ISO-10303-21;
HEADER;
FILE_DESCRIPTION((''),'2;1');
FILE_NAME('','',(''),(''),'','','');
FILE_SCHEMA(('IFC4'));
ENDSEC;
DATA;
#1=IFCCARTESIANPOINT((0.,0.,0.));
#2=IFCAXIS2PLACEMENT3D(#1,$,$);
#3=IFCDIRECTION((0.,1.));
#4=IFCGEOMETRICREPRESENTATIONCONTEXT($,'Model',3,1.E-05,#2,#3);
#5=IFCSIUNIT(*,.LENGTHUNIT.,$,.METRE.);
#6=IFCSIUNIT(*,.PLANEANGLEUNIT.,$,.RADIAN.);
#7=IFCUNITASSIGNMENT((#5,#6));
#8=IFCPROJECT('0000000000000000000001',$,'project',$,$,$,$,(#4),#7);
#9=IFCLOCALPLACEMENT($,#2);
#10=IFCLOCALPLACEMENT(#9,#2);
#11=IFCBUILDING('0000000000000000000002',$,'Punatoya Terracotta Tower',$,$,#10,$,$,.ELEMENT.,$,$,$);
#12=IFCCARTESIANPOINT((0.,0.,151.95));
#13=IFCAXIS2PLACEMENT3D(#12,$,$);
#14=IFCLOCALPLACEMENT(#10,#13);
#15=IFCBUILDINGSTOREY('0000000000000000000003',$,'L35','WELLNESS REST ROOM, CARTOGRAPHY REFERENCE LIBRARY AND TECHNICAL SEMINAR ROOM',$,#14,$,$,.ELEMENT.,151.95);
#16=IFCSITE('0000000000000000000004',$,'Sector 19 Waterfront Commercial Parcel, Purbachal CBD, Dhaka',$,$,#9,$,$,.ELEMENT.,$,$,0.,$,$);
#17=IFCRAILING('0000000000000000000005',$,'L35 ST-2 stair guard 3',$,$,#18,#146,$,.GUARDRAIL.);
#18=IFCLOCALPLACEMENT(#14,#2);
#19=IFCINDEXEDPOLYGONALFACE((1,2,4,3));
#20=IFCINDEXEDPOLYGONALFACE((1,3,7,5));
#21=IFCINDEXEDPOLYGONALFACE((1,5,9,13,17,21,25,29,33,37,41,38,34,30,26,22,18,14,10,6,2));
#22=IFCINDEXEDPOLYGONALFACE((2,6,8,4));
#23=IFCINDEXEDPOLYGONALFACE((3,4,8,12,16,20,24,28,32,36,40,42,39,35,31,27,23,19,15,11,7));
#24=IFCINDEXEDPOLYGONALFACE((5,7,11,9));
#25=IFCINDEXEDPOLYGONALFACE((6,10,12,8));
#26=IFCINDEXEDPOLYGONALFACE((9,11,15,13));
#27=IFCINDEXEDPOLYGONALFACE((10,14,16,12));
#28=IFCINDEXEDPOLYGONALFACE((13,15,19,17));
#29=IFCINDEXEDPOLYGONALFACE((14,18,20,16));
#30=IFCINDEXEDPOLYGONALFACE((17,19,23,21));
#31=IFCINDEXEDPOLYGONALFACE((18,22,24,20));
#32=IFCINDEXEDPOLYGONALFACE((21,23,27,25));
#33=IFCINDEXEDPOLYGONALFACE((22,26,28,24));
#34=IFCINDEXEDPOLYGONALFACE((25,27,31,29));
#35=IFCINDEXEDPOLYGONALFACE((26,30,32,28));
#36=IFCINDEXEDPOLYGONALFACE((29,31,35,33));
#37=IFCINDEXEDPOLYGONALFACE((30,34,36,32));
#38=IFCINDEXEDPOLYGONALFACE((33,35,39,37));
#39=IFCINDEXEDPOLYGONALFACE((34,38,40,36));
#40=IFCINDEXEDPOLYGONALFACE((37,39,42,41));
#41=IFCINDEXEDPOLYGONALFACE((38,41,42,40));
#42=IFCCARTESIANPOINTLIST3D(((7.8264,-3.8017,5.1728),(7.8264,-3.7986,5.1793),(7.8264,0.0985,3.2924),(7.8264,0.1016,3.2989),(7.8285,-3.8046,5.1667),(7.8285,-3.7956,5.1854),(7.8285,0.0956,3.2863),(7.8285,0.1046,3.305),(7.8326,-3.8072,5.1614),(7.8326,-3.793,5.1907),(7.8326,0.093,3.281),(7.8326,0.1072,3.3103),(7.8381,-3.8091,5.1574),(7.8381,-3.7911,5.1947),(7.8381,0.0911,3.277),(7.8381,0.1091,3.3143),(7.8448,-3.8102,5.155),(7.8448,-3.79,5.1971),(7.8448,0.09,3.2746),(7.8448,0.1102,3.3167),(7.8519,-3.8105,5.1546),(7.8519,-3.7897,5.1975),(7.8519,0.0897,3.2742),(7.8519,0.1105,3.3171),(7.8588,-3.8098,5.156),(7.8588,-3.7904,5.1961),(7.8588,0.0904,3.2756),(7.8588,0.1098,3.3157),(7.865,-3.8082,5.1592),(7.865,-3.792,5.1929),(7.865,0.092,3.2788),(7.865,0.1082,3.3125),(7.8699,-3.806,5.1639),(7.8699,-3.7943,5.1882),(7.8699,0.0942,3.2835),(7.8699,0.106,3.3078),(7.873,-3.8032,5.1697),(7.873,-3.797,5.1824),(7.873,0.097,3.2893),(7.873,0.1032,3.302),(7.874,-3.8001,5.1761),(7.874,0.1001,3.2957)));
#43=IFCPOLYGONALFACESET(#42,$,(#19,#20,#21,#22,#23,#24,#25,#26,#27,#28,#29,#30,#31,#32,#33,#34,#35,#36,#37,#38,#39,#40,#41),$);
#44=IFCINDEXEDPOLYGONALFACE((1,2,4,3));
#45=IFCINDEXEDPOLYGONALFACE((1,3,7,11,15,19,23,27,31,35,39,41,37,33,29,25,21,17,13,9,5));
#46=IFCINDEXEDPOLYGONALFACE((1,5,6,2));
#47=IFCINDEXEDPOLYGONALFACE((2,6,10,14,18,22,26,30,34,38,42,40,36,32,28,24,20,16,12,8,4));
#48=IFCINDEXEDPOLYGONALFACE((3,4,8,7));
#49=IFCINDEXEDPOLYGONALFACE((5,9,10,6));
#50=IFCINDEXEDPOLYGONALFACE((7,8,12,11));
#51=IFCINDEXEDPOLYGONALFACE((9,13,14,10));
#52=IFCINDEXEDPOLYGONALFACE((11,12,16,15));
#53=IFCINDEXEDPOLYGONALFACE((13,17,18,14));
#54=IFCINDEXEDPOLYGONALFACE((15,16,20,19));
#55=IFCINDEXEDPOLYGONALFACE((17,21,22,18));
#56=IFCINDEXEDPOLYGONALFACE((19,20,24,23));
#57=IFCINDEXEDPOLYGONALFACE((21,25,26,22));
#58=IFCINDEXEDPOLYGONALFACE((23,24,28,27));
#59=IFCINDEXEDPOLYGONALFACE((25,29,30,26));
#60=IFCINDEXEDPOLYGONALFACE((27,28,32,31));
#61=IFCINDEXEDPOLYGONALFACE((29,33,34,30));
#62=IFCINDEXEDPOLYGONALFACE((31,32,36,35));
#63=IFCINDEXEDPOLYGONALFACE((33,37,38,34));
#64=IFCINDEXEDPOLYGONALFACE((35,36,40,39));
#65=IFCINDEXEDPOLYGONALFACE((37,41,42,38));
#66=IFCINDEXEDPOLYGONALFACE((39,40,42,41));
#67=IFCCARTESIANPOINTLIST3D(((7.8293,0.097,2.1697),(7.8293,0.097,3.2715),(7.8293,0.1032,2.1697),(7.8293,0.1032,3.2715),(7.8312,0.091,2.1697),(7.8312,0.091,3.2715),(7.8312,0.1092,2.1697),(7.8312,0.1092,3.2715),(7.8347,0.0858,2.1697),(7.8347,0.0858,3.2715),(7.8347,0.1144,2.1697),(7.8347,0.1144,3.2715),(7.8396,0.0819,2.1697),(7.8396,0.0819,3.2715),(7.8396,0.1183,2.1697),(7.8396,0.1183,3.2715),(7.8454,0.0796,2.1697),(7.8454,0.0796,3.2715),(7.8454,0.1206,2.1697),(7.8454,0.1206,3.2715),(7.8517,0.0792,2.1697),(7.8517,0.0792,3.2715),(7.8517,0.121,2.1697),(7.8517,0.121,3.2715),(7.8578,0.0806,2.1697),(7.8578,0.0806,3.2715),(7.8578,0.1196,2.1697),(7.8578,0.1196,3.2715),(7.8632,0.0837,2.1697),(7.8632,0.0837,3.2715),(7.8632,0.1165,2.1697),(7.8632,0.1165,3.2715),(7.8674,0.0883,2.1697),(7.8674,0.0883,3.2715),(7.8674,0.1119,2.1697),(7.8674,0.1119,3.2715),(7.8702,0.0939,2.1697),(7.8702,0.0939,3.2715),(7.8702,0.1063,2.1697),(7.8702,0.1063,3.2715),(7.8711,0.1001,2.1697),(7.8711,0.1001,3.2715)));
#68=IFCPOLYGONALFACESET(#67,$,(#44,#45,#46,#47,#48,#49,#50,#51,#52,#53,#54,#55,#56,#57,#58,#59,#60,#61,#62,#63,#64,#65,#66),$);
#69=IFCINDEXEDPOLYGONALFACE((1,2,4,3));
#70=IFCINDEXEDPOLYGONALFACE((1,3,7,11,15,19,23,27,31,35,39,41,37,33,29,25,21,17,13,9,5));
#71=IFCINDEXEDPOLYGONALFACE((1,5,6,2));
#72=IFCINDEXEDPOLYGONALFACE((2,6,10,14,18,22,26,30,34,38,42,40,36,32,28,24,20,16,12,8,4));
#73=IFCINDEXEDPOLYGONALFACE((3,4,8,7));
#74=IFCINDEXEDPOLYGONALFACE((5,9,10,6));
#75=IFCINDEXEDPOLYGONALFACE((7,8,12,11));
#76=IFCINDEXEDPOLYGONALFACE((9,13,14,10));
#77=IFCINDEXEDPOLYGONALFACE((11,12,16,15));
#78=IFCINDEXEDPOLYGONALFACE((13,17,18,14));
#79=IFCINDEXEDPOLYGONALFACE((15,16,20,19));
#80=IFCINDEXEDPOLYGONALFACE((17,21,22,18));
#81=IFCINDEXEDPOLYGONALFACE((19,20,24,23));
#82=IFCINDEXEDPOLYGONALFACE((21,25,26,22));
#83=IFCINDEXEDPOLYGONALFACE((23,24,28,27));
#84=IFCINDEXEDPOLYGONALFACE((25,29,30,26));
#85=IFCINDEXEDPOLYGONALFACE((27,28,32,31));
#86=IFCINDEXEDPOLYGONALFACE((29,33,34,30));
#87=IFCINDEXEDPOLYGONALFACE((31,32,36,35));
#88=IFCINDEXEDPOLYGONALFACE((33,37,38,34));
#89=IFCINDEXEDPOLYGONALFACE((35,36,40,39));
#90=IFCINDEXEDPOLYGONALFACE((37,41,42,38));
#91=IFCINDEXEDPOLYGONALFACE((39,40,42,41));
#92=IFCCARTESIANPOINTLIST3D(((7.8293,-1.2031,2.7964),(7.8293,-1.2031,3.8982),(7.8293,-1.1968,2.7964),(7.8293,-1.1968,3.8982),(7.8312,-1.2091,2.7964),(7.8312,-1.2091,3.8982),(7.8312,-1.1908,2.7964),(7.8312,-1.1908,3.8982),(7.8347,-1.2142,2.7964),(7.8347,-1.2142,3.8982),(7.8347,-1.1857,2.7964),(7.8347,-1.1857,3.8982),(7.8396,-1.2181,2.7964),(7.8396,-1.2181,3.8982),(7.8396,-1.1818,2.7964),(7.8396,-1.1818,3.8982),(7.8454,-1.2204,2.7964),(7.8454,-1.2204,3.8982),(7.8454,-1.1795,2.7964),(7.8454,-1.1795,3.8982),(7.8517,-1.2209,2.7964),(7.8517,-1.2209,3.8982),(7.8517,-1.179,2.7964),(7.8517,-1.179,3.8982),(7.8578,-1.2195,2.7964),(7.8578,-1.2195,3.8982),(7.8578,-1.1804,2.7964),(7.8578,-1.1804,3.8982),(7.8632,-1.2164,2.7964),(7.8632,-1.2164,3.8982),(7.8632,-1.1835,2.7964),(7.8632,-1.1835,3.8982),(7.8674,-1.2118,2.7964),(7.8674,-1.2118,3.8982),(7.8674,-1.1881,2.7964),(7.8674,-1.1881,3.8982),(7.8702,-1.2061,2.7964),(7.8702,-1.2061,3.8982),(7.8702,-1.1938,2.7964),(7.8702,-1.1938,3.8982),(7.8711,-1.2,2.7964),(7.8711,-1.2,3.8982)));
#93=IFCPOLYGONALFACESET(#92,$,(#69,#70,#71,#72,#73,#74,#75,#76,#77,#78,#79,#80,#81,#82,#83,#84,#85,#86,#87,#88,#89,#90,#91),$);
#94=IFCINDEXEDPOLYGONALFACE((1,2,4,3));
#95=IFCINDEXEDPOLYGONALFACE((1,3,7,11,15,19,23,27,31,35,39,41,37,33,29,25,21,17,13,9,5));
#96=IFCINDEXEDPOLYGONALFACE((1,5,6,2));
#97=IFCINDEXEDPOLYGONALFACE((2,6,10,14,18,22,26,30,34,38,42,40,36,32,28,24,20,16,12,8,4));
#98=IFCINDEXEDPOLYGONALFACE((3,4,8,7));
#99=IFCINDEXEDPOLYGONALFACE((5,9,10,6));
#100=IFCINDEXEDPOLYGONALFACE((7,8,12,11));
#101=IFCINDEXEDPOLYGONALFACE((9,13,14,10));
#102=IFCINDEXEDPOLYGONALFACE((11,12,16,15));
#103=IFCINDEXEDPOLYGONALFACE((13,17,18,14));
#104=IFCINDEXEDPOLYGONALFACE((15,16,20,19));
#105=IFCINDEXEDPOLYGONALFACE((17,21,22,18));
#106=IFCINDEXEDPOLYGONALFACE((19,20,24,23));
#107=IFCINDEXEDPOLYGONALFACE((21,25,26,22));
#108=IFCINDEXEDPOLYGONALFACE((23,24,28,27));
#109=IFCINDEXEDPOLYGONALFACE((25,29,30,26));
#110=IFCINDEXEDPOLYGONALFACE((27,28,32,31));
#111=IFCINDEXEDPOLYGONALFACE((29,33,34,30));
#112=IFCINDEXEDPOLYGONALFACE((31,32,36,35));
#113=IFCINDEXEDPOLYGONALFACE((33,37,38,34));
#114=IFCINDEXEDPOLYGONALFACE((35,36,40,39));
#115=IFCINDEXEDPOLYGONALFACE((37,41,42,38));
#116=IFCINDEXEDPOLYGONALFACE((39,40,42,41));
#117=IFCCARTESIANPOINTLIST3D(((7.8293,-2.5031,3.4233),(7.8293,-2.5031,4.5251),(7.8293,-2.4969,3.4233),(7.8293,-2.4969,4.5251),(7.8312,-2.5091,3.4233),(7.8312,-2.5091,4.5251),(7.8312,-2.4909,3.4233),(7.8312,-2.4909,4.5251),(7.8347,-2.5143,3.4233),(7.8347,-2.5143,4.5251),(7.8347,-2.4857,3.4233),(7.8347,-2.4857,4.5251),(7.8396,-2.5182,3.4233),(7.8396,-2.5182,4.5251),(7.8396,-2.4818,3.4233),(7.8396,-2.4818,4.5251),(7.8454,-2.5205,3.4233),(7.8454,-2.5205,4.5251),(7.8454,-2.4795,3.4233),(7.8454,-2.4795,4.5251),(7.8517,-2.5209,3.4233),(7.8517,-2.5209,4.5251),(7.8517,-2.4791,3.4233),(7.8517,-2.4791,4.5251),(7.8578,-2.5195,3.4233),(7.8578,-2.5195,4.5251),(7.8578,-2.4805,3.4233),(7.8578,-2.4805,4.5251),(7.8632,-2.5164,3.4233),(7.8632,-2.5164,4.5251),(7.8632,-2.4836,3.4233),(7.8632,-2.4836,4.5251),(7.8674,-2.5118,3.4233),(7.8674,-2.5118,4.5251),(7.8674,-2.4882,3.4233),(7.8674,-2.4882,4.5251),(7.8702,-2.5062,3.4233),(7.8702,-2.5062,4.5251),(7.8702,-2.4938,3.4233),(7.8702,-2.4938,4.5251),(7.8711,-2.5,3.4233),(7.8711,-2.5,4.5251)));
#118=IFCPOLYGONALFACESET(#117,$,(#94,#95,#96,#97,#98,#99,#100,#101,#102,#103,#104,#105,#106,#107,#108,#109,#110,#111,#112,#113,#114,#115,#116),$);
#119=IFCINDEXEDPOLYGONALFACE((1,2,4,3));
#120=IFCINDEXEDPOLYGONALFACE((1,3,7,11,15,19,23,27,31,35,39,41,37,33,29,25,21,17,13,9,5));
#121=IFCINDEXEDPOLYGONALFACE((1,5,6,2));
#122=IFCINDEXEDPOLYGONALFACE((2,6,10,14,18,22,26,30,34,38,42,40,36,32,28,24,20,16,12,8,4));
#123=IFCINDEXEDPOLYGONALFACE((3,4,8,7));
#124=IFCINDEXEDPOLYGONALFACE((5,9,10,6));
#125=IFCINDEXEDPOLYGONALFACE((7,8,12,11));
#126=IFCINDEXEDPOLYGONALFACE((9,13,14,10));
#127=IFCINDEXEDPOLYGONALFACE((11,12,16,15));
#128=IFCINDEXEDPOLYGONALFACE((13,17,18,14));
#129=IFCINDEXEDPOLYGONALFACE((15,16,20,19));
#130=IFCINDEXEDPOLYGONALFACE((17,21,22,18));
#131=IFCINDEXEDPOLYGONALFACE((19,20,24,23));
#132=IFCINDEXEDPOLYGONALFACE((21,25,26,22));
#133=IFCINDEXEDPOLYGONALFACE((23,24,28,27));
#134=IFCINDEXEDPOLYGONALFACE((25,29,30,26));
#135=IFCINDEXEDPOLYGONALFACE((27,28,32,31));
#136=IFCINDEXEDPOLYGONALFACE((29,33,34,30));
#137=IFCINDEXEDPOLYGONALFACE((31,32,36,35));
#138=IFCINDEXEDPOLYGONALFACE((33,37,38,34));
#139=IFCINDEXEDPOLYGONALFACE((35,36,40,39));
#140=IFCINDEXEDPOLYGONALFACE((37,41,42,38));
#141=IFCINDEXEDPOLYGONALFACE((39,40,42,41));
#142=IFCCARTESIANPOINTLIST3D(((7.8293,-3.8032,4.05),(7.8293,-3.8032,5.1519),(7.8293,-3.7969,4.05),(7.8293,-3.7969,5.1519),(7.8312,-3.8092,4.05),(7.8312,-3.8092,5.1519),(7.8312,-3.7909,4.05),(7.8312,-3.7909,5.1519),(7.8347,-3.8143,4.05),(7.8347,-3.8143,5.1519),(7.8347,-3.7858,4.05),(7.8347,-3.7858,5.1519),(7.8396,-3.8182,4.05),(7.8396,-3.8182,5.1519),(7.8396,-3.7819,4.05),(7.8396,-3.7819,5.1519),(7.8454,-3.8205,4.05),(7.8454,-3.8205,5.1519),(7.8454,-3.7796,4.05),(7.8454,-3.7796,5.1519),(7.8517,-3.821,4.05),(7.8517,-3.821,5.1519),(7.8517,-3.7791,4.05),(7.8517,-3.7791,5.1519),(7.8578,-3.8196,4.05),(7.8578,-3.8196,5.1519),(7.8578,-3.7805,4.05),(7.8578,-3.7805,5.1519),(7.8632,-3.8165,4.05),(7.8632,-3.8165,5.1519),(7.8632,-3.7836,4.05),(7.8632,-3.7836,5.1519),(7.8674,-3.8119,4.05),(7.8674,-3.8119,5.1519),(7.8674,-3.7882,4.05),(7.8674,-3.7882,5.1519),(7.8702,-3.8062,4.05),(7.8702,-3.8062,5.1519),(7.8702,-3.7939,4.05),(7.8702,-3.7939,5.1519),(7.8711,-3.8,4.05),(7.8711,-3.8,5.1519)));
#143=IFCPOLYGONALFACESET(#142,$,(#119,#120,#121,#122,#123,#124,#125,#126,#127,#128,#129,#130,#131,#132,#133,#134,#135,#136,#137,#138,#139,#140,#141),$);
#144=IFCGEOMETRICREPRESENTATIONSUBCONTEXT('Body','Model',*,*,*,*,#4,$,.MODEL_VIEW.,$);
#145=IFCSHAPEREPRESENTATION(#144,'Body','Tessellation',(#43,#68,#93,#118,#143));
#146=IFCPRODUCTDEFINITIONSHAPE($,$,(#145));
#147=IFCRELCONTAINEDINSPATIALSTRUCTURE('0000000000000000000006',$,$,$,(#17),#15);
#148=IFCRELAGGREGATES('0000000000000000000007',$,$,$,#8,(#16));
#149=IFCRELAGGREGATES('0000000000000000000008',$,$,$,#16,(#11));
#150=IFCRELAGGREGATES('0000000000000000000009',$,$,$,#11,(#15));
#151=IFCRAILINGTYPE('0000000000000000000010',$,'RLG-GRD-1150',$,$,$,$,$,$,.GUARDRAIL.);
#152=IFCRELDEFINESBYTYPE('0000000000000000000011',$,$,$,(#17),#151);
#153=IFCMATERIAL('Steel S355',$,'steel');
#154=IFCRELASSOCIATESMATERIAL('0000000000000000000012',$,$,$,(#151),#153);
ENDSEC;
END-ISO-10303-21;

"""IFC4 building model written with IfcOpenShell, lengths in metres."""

from ifc_helpers import new_model, si_unit, direction, frame, origin, origin_2d, place, context, subcontext, project, spatial, circle, extrude, material, type_object, element, save


model = new_model("IFC4")

# Units and contexts
model_context = context("Model", 3, precision=1e-05, world=origin(), true_north=direction((0.0, 1.0)))
body_context = subcontext(model_context, "Body", "Model", "MODEL_VIEW")
ifc_project = project(units=[si_unit("LENGTHUNIT", "METRE"), si_unit("PLANEANGLEUNIT", "RADIAN")], contexts=[model_context])

# Site, building, storey
site_placement = place(None, origin())
site = spatial("IfcSite", under=ifc_project, at=site_placement, Name="Sector 19 Waterfront Commercial Parcel, Purbachal CBD, Dhaka", CompositionType="ELEMENT", RefElevation=0.0)
building_placement = place(site_placement, origin())
building = spatial("IfcBuilding", under=site, at=building_placement, Name="Punatoya Terracotta Tower", CompositionType="ELEMENT")
storey_placement = place(building_placement, frame((0.0, 0.0, 151.95)))
storey = spatial("IfcBuildingStorey", under=building, at=storey_placement, Name="L35", Description="WELLNESS REST ROOM, CARTOGRAPHY REFERENCE LIBRARY AND TECHNICAL SEMINAR ROOM", CompositionType="ELEMENT", Elevation=151.95)

# Shared definitions
ifc_material_1 = material(Name="Steel S355", Category="steel")

# Railing
railing_type = type_object("IfcRailingType", Name="RLG-GRD-1150", PredefinedType="GUARDRAIL", material=ifc_material_1)
railing_1_placement = place(storey_placement, frame((7.8501, 0.1001, 2.1697)))
element("IfcRailing", 1, at=railing_1_placement, inside=storey, type_object=railing_type, Name="L35 ST-2 stair guard 3", PredefinedType="GUARDRAIL", context=body_context, shape_type="SweptSolid", body=[
    extrude(circle(Radius=0.0239, at=origin_2d()), frame((0.0, 0.0, 1.126), z_axis=(0.0, -0.900774, 0.434289), x_axis=(1.0, 0.0, 0.0)), (0.0, 0.0, 1.0), 4.3298),
    extrude(circle(Radius=0.021, at=origin_2d()), origin(), (0.0, 0.0, 1.0), 1.1018),
    extrude(circle(Radius=0.021, at=origin_2d()), frame((0.0, -1.3, 0.6267)), (0.0, 0.0, 1.0), 1.1018),
    extrude(circle(Radius=0.021, at=origin_2d()), frame((0.0, -2.6001, 1.2537)), (0.0, 0.0, 1.0), 1.1018),
    extrude(circle(Radius=0.021, at=origin_2d()), frame((0.0, -3.9001, 1.8804)), (0.0, 0.0, 1.0), 1.1018),
])

save(model, "model.ifc")
